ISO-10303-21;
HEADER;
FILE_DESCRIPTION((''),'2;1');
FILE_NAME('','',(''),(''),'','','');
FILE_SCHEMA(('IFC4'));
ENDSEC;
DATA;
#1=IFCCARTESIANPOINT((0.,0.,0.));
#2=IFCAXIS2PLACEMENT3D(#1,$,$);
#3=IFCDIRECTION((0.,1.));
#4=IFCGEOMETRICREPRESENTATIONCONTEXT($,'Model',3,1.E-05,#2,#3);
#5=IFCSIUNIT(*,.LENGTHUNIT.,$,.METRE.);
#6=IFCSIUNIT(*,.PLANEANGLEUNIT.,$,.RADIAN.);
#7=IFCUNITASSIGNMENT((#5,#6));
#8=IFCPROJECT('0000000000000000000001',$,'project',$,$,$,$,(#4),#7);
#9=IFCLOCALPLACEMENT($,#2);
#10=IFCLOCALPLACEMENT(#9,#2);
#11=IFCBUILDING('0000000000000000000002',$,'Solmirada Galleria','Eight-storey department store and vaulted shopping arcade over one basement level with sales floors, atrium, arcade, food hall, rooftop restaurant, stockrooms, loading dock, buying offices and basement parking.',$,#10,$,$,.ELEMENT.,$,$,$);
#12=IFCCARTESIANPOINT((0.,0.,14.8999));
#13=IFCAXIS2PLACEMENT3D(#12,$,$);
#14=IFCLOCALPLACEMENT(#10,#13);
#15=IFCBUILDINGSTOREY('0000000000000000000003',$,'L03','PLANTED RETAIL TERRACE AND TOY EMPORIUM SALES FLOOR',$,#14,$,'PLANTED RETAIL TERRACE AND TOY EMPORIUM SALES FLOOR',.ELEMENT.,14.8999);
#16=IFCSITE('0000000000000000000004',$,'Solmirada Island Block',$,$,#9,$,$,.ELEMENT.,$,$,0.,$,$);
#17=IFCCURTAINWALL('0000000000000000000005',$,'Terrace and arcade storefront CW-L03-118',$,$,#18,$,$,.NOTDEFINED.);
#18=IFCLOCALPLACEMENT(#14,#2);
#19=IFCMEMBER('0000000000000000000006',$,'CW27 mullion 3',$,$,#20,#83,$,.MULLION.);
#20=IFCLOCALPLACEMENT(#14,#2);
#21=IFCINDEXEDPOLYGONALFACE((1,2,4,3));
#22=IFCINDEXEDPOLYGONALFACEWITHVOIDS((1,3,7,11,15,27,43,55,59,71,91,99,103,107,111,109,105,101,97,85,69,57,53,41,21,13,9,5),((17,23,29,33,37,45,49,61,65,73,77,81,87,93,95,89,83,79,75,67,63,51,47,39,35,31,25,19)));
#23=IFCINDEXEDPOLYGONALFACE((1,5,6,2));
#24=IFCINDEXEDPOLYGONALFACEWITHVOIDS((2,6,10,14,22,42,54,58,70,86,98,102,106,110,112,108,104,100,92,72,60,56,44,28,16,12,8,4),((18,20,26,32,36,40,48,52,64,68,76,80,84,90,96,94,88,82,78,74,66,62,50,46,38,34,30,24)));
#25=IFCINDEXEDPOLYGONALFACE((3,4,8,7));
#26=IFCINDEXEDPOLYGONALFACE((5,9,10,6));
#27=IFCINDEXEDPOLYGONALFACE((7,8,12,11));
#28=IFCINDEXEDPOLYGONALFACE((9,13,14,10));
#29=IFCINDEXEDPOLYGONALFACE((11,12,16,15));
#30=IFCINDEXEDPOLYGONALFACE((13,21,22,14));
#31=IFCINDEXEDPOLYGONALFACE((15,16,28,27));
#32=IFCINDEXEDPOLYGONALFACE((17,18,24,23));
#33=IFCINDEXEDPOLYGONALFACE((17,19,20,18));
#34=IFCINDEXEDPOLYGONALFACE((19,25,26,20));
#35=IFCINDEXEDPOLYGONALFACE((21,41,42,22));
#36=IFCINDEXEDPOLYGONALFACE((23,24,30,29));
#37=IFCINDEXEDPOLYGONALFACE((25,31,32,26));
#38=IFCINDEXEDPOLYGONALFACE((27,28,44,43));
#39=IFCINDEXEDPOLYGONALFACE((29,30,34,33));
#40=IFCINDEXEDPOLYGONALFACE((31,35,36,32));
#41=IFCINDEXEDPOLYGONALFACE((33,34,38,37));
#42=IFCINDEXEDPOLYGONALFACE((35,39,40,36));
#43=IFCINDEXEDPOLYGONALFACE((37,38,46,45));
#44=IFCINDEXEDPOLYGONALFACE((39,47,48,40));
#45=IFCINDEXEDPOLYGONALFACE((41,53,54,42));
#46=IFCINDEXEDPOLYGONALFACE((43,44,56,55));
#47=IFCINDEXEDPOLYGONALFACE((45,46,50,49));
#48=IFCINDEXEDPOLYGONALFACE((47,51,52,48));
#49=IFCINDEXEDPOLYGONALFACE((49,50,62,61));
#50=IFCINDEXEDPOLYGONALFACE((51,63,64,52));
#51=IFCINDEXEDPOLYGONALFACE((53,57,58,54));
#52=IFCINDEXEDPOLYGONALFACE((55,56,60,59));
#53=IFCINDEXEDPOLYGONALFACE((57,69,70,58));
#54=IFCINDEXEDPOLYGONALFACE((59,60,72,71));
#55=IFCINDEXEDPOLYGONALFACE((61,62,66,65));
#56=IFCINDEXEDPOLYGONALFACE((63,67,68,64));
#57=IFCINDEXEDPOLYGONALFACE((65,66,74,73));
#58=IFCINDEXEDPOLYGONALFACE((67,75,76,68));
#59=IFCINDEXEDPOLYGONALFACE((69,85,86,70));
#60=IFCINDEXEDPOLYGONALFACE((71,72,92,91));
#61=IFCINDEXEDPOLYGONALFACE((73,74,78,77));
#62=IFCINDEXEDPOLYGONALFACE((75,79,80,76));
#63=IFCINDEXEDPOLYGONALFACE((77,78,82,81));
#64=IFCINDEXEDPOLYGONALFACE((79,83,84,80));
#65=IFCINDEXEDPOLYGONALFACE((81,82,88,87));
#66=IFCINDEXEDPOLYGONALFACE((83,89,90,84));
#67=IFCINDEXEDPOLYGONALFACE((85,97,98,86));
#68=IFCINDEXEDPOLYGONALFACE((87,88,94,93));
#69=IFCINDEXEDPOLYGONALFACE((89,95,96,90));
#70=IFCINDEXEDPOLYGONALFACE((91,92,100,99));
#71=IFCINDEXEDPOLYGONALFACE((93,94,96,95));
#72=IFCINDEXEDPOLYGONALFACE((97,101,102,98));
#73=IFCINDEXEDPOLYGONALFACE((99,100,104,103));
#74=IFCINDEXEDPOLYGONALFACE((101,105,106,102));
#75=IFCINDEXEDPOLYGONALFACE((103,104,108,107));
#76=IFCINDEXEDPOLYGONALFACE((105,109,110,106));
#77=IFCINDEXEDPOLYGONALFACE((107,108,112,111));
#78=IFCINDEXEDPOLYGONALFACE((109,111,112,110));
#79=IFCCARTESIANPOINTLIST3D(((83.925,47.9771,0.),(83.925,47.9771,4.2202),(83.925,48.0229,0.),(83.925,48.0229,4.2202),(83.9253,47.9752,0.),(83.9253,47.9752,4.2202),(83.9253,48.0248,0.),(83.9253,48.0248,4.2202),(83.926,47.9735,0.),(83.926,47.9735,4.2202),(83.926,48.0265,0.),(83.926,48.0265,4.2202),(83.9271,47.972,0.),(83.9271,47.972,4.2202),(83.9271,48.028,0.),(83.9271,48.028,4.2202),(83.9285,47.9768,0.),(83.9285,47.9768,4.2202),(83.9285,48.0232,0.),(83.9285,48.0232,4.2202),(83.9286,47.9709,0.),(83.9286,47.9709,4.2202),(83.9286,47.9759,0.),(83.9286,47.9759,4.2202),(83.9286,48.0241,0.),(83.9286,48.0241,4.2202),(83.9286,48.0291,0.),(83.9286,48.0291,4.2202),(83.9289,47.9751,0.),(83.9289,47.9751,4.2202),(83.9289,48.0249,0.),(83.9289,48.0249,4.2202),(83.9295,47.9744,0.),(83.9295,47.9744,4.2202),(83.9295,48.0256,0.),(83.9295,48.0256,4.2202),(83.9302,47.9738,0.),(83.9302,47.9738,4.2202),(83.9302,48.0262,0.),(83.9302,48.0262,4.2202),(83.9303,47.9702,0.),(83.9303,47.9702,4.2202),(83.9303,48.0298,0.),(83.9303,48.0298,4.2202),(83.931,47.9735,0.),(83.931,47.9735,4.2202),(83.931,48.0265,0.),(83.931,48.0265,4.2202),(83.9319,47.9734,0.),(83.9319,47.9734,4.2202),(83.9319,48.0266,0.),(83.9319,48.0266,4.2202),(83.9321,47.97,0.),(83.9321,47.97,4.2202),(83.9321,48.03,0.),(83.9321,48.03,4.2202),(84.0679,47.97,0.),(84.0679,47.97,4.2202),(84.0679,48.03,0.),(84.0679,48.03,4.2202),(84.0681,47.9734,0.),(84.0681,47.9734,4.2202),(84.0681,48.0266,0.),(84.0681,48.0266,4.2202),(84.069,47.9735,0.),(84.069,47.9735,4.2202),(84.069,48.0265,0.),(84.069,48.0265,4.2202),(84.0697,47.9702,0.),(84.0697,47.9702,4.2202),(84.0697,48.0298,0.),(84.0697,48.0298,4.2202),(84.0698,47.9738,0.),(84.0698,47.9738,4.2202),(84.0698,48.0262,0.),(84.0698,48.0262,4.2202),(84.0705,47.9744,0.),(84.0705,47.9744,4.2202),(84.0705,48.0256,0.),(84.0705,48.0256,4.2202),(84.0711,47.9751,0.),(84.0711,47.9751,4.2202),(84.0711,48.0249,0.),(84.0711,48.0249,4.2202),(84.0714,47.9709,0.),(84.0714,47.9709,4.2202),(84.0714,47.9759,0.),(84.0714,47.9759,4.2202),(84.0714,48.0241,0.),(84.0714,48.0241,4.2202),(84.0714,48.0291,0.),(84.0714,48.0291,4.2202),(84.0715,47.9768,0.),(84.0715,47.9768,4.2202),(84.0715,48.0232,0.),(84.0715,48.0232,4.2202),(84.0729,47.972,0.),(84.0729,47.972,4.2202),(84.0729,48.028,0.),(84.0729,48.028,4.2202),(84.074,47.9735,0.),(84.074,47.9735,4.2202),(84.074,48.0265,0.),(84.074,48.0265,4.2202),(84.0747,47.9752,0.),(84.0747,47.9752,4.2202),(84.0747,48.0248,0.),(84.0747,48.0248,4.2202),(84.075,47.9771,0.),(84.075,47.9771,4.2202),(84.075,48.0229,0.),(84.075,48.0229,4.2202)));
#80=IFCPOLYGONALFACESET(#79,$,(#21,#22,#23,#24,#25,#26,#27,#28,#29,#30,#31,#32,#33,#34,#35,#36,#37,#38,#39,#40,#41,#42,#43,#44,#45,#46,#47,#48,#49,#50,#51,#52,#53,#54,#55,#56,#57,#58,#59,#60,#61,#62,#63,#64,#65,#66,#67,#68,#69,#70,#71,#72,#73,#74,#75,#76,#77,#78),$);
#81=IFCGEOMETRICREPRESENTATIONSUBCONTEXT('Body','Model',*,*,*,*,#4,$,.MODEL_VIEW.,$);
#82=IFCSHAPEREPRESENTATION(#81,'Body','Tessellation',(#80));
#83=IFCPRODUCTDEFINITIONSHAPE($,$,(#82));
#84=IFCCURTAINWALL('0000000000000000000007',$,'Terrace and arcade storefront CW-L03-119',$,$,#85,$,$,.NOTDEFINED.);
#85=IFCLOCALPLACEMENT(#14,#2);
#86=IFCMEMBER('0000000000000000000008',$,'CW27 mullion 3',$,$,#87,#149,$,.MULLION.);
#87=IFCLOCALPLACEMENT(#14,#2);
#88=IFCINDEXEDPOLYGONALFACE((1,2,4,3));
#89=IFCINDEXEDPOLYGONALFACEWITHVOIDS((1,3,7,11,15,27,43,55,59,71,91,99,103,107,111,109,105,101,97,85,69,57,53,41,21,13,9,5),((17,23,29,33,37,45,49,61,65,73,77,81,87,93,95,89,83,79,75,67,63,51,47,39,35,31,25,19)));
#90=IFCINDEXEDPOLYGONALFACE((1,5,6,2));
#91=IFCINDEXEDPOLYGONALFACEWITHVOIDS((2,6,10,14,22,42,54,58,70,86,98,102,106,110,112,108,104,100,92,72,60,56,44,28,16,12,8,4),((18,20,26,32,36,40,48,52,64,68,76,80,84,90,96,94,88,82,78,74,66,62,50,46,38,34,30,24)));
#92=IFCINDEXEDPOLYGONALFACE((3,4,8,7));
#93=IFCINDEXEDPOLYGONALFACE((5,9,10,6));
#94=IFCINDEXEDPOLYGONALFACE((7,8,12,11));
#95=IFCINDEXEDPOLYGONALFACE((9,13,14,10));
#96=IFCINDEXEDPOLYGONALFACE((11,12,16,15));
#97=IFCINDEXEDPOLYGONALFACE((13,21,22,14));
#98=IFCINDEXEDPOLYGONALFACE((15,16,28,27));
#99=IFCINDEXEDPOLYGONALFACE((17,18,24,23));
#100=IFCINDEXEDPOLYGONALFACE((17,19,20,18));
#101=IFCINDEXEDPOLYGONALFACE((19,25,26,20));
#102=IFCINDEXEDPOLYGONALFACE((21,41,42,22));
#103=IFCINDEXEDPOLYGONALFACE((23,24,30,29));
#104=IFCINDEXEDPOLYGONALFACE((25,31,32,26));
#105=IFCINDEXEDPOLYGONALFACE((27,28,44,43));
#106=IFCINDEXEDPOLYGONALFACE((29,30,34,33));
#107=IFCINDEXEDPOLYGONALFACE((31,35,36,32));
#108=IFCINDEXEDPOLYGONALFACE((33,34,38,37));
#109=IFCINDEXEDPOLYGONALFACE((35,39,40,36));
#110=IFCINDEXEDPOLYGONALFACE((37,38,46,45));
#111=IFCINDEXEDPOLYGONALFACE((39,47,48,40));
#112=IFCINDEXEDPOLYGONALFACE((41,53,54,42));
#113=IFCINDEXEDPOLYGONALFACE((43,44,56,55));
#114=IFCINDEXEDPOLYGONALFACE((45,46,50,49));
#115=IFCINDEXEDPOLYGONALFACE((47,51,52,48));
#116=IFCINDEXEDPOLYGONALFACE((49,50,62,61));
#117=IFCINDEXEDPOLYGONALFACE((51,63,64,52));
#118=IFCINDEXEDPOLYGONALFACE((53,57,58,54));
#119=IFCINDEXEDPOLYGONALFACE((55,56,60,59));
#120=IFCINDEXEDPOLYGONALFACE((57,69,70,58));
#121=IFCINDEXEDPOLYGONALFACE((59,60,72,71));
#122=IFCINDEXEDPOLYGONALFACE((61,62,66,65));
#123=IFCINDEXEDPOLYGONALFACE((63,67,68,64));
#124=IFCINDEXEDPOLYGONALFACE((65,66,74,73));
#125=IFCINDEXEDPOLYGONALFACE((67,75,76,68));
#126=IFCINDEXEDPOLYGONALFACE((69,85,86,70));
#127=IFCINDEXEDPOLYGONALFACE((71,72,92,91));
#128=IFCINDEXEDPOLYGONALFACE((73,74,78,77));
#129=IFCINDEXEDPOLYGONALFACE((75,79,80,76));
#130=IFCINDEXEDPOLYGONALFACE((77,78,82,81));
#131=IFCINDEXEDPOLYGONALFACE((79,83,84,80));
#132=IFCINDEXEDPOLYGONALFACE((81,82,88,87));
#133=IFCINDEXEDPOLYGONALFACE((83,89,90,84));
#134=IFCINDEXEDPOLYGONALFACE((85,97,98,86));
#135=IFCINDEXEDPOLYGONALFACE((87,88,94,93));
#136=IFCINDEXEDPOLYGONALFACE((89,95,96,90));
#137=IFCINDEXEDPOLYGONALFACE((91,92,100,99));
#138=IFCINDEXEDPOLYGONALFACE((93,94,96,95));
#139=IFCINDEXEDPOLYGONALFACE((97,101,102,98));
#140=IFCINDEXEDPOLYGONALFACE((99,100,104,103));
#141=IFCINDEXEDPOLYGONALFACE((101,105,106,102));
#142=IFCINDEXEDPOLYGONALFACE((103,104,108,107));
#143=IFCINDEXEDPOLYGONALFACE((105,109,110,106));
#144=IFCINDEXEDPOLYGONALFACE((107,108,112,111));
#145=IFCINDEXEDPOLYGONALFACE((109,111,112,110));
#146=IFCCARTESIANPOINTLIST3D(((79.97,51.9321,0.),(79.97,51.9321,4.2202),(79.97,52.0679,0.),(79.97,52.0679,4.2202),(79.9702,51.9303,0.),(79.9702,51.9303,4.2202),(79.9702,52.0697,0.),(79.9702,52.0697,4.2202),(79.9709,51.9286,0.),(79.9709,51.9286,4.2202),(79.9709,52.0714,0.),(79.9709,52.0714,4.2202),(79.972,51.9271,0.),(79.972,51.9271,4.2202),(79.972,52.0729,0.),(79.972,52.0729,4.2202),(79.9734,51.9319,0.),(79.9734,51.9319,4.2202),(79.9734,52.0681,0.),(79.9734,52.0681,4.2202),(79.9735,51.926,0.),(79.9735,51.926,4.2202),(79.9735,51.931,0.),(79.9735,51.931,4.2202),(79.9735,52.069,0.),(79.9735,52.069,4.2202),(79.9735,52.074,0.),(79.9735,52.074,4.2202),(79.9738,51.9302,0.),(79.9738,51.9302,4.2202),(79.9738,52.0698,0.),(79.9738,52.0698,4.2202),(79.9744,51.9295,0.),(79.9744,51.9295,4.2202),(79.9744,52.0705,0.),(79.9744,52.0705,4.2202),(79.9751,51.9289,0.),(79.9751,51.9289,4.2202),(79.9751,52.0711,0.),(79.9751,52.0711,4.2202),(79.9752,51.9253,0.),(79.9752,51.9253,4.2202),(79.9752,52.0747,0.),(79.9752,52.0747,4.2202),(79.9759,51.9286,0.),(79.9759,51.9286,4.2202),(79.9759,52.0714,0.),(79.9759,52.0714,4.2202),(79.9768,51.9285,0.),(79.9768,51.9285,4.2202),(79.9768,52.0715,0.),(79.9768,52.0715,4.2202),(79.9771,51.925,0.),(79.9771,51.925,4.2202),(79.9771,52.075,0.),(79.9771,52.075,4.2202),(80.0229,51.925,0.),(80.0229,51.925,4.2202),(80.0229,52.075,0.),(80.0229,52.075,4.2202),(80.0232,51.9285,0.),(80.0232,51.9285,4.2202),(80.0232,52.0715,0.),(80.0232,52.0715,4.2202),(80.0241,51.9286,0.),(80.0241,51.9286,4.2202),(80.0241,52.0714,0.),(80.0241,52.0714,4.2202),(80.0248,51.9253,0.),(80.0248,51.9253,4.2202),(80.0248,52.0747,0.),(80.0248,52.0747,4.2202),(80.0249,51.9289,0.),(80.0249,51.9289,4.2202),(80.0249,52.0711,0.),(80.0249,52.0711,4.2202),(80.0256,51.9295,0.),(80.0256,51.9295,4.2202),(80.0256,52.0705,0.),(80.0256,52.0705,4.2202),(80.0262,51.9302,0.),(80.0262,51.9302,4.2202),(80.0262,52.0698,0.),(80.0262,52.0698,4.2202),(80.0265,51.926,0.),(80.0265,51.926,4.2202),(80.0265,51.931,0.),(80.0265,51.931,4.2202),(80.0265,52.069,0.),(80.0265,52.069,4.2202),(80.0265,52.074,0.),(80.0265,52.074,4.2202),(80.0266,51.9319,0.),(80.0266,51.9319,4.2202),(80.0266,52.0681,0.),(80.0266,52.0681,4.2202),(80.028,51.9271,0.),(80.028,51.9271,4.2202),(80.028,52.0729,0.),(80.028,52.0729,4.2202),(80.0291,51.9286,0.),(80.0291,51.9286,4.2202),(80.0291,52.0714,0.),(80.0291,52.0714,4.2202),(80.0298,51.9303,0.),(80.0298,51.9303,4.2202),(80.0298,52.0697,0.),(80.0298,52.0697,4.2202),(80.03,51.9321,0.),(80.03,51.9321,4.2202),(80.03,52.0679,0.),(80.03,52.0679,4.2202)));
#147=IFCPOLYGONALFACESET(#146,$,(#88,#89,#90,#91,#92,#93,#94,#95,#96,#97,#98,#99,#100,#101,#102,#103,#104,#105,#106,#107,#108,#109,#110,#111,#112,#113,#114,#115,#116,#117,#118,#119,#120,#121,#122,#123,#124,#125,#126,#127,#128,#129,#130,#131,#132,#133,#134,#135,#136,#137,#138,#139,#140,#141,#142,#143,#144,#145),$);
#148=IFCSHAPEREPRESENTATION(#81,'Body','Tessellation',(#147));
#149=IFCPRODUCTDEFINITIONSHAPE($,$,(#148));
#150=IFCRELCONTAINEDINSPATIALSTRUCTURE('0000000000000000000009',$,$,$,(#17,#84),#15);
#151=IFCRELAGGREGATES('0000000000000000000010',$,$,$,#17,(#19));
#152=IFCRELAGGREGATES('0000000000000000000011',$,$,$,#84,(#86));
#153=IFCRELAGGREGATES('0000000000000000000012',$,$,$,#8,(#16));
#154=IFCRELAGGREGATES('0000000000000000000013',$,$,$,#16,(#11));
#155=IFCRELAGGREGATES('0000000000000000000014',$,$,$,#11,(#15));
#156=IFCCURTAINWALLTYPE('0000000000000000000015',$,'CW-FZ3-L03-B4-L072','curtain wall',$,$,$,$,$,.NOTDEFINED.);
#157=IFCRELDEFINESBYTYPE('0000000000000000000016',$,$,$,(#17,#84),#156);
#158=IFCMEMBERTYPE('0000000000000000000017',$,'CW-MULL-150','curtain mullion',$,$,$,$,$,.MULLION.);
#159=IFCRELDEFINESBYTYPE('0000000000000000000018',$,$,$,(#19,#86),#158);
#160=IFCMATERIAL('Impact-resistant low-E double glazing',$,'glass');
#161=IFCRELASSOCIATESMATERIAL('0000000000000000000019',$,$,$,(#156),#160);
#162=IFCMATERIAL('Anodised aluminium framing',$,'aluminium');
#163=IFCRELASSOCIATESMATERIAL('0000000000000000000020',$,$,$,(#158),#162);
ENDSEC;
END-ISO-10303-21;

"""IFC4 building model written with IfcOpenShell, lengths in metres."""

from ifc_helpers import new_model, si_unit, direction, frame, origin, origin_2d, place, context, subcontext, project, spatial, hollow_rectangle, extrude, material, material_profile, profile_set, type_object, element, aggregate, save


model = new_model("IFC4")

# Units and contexts
model_context = context("Model", 3, precision=1e-05, world=origin(), true_north=direction((0.0, 1.0)))
body_context = subcontext(model_context, "Body", "Model", "MODEL_VIEW")
ifc_project = project(units=[si_unit("LENGTHUNIT", "METRE"), si_unit("PLANEANGLEUNIT", "RADIAN")], contexts=[model_context])

# Site, building, storey
site_placement = place(None, origin())
site = spatial("IfcSite", under=ifc_project, at=site_placement, Name="Solmirada Island Block", CompositionType="ELEMENT", RefElevation=0.0)
building_placement = place(site_placement, origin())
building = spatial("IfcBuilding", under=site, at=building_placement, Name="Solmirada Galleria", Description="Eight-storey department store and vaulted shopping arcade over one basement level with sales floors, atrium, arcade, food hall, rooftop restaurant, stockrooms, loading dock, buying offices and basement parking.", CompositionType="ELEMENT")
storey_placement = place(building_placement, frame((0.0, 0.0, 14.8999)))
storey = spatial("IfcBuildingStorey", under=building, at=storey_placement, Name="L03", Description="PLANTED RETAIL TERRACE AND TOY EMPORIUM SALES FLOOR", LongName="PLANTED RETAIL TERRACE AND TOY EMPORIUM SALES FLOOR", CompositionType="ELEMENT", Elevation=14.8999)

# Curtain walls, members
ifc_material_1 = material(Name="Impact-resistant low-E double glazing", Category="glass")
curtain_wall_type = type_object("IfcCurtainWallType", Name="CW-FZ3-L03-B4-L072", Description="curtain wall", PredefinedType="NOTDEFINED", material=ifc_material_1)
curtain_wall_1_placement = place(storey_placement, origin())
curtain_wall_1 = element("IfcCurtainWall", 1, at=curtain_wall_1_placement, inside=storey, type_object=curtain_wall_type, Name="Terrace and arcade storefront CW-L03-118", PredefinedType="NOTDEFINED")
ifc_material_2 = material(Name="Anodised aluminium framing", Category="aluminium")
ifc_material_profile_1 = material_profile(ifc_material_2, hollow_rectangle(XDim=0.0601, YDim=0.1499, WallThickness=0.0034, InnerFilletRadius=0.0034, OuterFilletRadius=0.0071, at=origin_2d()), Name="ALU-MULL-150X60")
ifc_profile_set_1 = profile_set([ifc_material_profile_1], Name="Anodised aluminium framing")
member_type_1 = type_object("IfcMemberType", Name="CW-MULL-150", Description="curtain mullion", PredefinedType="MULLION", material=ifc_profile_set_1)
member_1_placement = place(storey_placement, frame((84.0, 48.0, 0.0), z_axis=(0.0, 0.0, 1.0), x_axis=(0.0, -1.0, 0.0)))
member_1 = element("IfcMember", 2, at=member_1_placement, type_object=member_type_1, Name="CW27 mullion 3", PredefinedType="MULLION", context=body_context, shape_type="SweptSolid", body=[
    extrude(hollow_rectangle(XDim=0.0601, YDim=0.1499, WallThickness=0.0034, InnerFilletRadius=0.0034, OuterFilletRadius=0.0071, at=origin_2d()), origin(), (0.0, 0.0, 1.0), 4.2202),
])
curtain_wall_2_placement = place(storey_placement, origin())
curtain_wall_2 = element("IfcCurtainWall", 3, at=curtain_wall_2_placement, inside=storey, type_object=curtain_wall_type, Name="Terrace and arcade storefront CW-L03-119", PredefinedType="NOTDEFINED")
member_2_placement = place(storey_placement, frame((80.0, 52.0, 0.0), z_axis=(0.0, 0.0, 1.0), x_axis=(-1.0, 0.0, 0.0)))
member_2 = element("IfcMember", 4, at=member_2_placement, type_object=member_type_1, Name="CW27 mullion 3", PredefinedType="MULLION", context=body_context, shape_type="SweptSolid", body=[
    extrude(hollow_rectangle(XDim=0.0601, YDim=0.1499, WallThickness=0.0034, InnerFilletRadius=0.0034, OuterFilletRadius=0.0071, at=origin_2d()), origin(), (0.0, 0.0, 1.0), 4.2202),
])

aggregate(curtain_wall_1, [member_1])
aggregate(curtain_wall_2, [member_2])

save(model, "model.ifc")
